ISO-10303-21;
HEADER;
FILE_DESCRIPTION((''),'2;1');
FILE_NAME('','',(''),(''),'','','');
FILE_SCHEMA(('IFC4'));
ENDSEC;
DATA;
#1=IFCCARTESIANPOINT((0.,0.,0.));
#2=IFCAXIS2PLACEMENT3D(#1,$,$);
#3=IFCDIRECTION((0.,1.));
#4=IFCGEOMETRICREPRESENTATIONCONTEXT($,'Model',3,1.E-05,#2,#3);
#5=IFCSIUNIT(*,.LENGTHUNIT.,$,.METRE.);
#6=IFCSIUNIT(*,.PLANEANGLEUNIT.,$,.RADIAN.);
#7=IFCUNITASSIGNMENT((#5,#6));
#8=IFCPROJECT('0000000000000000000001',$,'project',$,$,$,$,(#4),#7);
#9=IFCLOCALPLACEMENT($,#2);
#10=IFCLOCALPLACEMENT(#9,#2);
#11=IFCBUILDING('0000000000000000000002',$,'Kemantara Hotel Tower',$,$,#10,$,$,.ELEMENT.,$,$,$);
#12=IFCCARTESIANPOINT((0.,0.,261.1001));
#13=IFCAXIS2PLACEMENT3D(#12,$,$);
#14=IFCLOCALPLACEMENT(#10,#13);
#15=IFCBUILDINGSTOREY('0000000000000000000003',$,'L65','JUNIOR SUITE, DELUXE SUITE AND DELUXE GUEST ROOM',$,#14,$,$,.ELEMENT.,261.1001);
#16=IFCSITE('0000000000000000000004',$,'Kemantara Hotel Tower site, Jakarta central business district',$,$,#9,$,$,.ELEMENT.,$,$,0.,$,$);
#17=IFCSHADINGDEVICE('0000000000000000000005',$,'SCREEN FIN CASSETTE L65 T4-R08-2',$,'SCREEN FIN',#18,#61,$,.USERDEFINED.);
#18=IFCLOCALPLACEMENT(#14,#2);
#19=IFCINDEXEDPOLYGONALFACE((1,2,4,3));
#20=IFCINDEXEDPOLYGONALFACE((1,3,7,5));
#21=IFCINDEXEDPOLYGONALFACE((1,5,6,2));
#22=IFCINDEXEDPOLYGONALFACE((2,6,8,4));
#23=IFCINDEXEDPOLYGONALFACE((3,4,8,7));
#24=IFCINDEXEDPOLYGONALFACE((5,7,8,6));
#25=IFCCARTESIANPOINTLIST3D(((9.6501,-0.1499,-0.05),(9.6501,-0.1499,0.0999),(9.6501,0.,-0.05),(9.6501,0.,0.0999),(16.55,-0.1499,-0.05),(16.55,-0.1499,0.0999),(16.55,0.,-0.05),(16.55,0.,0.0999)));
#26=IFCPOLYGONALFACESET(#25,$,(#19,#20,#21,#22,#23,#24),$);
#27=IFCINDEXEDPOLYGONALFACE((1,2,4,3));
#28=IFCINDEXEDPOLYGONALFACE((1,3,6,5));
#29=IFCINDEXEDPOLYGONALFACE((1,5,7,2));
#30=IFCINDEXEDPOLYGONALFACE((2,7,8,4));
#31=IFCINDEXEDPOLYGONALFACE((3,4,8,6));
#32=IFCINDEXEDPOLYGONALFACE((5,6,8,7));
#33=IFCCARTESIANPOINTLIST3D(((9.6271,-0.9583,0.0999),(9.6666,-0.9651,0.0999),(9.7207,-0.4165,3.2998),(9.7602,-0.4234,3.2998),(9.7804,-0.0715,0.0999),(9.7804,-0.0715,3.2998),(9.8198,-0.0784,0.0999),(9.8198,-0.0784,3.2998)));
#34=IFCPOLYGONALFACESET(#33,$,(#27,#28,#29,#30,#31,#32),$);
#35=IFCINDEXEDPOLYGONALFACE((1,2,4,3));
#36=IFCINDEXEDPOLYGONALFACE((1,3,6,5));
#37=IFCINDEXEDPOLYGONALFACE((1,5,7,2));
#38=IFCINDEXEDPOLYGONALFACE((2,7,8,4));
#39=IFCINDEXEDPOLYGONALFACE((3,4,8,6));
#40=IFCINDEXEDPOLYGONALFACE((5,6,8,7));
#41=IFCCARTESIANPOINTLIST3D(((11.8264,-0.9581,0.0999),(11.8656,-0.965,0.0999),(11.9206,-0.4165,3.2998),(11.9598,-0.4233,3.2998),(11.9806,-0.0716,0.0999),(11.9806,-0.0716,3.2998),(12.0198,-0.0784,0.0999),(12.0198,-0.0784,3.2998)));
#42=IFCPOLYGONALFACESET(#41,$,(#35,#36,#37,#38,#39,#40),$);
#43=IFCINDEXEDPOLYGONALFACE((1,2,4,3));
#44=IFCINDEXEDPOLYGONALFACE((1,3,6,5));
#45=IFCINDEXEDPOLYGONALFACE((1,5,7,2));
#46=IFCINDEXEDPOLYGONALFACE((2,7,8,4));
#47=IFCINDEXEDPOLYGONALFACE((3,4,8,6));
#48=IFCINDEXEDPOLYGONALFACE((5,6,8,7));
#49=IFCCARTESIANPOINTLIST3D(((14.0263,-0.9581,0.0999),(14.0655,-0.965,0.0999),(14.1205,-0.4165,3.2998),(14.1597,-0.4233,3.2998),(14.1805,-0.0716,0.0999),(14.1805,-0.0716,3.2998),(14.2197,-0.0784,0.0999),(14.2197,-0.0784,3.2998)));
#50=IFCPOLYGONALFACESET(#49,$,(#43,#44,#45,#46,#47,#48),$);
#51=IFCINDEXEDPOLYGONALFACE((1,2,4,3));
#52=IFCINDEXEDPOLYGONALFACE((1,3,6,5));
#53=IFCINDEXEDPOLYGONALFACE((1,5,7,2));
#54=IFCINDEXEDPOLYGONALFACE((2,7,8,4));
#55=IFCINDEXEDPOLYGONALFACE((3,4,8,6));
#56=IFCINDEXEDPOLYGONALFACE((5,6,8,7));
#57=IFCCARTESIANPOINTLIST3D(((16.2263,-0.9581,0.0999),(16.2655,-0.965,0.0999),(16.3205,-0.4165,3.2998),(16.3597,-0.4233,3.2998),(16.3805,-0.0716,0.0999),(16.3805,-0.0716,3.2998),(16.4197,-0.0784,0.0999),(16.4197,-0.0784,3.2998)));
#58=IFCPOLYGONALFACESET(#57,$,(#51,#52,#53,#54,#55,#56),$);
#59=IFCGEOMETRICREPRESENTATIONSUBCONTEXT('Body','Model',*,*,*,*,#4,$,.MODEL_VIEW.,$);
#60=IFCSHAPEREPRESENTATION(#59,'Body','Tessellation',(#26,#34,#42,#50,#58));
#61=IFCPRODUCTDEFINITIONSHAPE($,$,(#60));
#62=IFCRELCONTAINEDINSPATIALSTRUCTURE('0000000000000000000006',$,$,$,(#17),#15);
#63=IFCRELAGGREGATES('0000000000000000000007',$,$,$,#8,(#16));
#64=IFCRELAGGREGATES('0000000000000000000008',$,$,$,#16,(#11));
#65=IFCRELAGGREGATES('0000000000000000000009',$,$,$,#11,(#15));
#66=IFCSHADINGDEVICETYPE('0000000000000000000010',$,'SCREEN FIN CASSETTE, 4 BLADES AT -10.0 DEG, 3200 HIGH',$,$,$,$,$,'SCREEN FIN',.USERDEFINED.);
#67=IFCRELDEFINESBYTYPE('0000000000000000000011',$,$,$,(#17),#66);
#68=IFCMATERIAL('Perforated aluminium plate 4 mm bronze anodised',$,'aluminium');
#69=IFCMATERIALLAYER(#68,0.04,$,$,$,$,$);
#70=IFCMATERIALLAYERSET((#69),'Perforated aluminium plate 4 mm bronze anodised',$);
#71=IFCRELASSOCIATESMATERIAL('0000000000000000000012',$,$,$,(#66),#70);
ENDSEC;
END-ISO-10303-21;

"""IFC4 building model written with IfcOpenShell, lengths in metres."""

from ifc_helpers import new_model, si_unit, direction, frame, origin, origin_2d, place, context, subcontext, project, spatial, polyline, rectangle, outline, extrude, source, transform, mapped, material, layer, layer_set, type_object, element, save


model = new_model("IFC4")

# Units and contexts
model_context = context("Model", 3, precision=1e-05, world=origin(), true_north=direction((0.0, 1.0)))
body_context = subcontext(model_context, "Body", "Model", "MODEL_VIEW")
ifc_project = project(units=[si_unit("LENGTHUNIT", "METRE"), si_unit("PLANEANGLEUNIT", "RADIAN")], contexts=[model_context])

# Site, building, storey
site_placement = place(None, origin())
site = spatial("IfcSite", under=ifc_project, at=site_placement, Name="Kemantara Hotel Tower site, Jakarta central business district", CompositionType="ELEMENT", RefElevation=0.0)
building_placement = place(site_placement, origin())
building = spatial("IfcBuilding", under=site, at=building_placement, Name="Kemantara Hotel Tower", CompositionType="ELEMENT")
storey_placement = place(building_placement, frame((0.0, 0.0, 261.1001)))
storey = spatial("IfcBuildingStorey", under=building, at=storey_placement, Name="L65", Description="JUNIOR SUITE, DELUXE SUITE AND DELUXE GUEST ROOM", CompositionType="ELEMENT", Elevation=261.1001)

# Shading device
ifc_material_1 = material(Name="Perforated aluminium plate 4 mm bronze anodised", Category="aluminium")
ifc_layer_1 = layer(ifc_material_1, 0.04)
ifc_layer_set_1 = layer_set([ifc_layer_1], Name="Perforated aluminium plate 4 mm bronze anodised")
shading_device_type_1 = type_object("IfcShadingDeviceType", Name="SCREEN FIN CASSETTE, 4 BLADES AT -10.0 DEG, 3200 HIGH", ElementType="SCREEN FIN", PredefinedType="USERDEFINED", material=ifc_layer_set_1)
shared_shape_1 = source(origin(), body_context, "Body", "SweptSolid", [
    extrude(rectangle(XDim=6.8999, YDim=0.1499, at=origin_2d()), frame((3.3, -0.075, -0.1499), z_axis=(0.0, 0.0, 1.0), x_axis=(1.0, 0.0, 0.0)), (0.0, 0.0, 1.0), 0.1499),
    extrude(outline(polyline([(0.0, 0.0), (0.8999, 0.0), (0.3501, 3.2), (0.0, 3.2), (0.0, 0.0)])), frame((0.0198, -0.0784, 0.0), z_axis=(-0.98539, 0.170314, 0.0), x_axis=(-0.170314, -0.98539, 0.0)), (0.0, 0.0, 1.0), 0.04),
    extrude(outline(polyline([(0.0, 0.0), (0.8999, 0.0), (0.3501, 3.2), (0.0, 3.2), (0.0, 0.0)])), frame((2.2197, -0.0784, 0.0), z_axis=(-0.985212, 0.171341, 0.0), x_axis=(-0.171341, -0.985212, 0.0)), (0.0, 0.0, 1.0), 0.0398),
    extrude(outline(polyline([(0.0, 0.0), (0.8999, 0.0), (0.3501, 3.2), (0.0, 3.2), (0.0, 0.0)])), frame((4.4197, -0.0784, 0.0), z_axis=(-0.985212, 0.171341, 0.0), x_axis=(-0.171341, -0.985212, 0.0)), (0.0, 0.0, 1.0), 0.0398),
    extrude(outline(polyline([(0.0, 0.0), (0.8999, 0.0), (0.3501, 3.2), (0.0, 3.2), (0.0, 0.0)])), frame((6.6196, -0.0784, 0.0), z_axis=(-0.985212, 0.171341, 0.0), x_axis=(-0.171341, -0.985212, 0.0)), (0.0, 0.0, 1.0), 0.0398),
])
shading_device_1_placement = place(storey_placement, frame((9.8, 0.0, 0.0999), z_axis=(0.0, 0.0, 1.0), x_axis=(1.0, 0.0, 0.0)))
element("IfcShadingDevice", 1, at=shading_device_1_placement, inside=storey, type_object=shading_device_type_1, Name="SCREEN FIN CASSETTE L65 T4-R08-2", ObjectType="SCREEN FIN", PredefinedType="USERDEFINED", context=body_context, shape_type="MappedRepresentation", body=[
    mapped(shared_shape_1, transform((0.0, 0.0, 0.0))),
])

save(model, "model.ifc")
